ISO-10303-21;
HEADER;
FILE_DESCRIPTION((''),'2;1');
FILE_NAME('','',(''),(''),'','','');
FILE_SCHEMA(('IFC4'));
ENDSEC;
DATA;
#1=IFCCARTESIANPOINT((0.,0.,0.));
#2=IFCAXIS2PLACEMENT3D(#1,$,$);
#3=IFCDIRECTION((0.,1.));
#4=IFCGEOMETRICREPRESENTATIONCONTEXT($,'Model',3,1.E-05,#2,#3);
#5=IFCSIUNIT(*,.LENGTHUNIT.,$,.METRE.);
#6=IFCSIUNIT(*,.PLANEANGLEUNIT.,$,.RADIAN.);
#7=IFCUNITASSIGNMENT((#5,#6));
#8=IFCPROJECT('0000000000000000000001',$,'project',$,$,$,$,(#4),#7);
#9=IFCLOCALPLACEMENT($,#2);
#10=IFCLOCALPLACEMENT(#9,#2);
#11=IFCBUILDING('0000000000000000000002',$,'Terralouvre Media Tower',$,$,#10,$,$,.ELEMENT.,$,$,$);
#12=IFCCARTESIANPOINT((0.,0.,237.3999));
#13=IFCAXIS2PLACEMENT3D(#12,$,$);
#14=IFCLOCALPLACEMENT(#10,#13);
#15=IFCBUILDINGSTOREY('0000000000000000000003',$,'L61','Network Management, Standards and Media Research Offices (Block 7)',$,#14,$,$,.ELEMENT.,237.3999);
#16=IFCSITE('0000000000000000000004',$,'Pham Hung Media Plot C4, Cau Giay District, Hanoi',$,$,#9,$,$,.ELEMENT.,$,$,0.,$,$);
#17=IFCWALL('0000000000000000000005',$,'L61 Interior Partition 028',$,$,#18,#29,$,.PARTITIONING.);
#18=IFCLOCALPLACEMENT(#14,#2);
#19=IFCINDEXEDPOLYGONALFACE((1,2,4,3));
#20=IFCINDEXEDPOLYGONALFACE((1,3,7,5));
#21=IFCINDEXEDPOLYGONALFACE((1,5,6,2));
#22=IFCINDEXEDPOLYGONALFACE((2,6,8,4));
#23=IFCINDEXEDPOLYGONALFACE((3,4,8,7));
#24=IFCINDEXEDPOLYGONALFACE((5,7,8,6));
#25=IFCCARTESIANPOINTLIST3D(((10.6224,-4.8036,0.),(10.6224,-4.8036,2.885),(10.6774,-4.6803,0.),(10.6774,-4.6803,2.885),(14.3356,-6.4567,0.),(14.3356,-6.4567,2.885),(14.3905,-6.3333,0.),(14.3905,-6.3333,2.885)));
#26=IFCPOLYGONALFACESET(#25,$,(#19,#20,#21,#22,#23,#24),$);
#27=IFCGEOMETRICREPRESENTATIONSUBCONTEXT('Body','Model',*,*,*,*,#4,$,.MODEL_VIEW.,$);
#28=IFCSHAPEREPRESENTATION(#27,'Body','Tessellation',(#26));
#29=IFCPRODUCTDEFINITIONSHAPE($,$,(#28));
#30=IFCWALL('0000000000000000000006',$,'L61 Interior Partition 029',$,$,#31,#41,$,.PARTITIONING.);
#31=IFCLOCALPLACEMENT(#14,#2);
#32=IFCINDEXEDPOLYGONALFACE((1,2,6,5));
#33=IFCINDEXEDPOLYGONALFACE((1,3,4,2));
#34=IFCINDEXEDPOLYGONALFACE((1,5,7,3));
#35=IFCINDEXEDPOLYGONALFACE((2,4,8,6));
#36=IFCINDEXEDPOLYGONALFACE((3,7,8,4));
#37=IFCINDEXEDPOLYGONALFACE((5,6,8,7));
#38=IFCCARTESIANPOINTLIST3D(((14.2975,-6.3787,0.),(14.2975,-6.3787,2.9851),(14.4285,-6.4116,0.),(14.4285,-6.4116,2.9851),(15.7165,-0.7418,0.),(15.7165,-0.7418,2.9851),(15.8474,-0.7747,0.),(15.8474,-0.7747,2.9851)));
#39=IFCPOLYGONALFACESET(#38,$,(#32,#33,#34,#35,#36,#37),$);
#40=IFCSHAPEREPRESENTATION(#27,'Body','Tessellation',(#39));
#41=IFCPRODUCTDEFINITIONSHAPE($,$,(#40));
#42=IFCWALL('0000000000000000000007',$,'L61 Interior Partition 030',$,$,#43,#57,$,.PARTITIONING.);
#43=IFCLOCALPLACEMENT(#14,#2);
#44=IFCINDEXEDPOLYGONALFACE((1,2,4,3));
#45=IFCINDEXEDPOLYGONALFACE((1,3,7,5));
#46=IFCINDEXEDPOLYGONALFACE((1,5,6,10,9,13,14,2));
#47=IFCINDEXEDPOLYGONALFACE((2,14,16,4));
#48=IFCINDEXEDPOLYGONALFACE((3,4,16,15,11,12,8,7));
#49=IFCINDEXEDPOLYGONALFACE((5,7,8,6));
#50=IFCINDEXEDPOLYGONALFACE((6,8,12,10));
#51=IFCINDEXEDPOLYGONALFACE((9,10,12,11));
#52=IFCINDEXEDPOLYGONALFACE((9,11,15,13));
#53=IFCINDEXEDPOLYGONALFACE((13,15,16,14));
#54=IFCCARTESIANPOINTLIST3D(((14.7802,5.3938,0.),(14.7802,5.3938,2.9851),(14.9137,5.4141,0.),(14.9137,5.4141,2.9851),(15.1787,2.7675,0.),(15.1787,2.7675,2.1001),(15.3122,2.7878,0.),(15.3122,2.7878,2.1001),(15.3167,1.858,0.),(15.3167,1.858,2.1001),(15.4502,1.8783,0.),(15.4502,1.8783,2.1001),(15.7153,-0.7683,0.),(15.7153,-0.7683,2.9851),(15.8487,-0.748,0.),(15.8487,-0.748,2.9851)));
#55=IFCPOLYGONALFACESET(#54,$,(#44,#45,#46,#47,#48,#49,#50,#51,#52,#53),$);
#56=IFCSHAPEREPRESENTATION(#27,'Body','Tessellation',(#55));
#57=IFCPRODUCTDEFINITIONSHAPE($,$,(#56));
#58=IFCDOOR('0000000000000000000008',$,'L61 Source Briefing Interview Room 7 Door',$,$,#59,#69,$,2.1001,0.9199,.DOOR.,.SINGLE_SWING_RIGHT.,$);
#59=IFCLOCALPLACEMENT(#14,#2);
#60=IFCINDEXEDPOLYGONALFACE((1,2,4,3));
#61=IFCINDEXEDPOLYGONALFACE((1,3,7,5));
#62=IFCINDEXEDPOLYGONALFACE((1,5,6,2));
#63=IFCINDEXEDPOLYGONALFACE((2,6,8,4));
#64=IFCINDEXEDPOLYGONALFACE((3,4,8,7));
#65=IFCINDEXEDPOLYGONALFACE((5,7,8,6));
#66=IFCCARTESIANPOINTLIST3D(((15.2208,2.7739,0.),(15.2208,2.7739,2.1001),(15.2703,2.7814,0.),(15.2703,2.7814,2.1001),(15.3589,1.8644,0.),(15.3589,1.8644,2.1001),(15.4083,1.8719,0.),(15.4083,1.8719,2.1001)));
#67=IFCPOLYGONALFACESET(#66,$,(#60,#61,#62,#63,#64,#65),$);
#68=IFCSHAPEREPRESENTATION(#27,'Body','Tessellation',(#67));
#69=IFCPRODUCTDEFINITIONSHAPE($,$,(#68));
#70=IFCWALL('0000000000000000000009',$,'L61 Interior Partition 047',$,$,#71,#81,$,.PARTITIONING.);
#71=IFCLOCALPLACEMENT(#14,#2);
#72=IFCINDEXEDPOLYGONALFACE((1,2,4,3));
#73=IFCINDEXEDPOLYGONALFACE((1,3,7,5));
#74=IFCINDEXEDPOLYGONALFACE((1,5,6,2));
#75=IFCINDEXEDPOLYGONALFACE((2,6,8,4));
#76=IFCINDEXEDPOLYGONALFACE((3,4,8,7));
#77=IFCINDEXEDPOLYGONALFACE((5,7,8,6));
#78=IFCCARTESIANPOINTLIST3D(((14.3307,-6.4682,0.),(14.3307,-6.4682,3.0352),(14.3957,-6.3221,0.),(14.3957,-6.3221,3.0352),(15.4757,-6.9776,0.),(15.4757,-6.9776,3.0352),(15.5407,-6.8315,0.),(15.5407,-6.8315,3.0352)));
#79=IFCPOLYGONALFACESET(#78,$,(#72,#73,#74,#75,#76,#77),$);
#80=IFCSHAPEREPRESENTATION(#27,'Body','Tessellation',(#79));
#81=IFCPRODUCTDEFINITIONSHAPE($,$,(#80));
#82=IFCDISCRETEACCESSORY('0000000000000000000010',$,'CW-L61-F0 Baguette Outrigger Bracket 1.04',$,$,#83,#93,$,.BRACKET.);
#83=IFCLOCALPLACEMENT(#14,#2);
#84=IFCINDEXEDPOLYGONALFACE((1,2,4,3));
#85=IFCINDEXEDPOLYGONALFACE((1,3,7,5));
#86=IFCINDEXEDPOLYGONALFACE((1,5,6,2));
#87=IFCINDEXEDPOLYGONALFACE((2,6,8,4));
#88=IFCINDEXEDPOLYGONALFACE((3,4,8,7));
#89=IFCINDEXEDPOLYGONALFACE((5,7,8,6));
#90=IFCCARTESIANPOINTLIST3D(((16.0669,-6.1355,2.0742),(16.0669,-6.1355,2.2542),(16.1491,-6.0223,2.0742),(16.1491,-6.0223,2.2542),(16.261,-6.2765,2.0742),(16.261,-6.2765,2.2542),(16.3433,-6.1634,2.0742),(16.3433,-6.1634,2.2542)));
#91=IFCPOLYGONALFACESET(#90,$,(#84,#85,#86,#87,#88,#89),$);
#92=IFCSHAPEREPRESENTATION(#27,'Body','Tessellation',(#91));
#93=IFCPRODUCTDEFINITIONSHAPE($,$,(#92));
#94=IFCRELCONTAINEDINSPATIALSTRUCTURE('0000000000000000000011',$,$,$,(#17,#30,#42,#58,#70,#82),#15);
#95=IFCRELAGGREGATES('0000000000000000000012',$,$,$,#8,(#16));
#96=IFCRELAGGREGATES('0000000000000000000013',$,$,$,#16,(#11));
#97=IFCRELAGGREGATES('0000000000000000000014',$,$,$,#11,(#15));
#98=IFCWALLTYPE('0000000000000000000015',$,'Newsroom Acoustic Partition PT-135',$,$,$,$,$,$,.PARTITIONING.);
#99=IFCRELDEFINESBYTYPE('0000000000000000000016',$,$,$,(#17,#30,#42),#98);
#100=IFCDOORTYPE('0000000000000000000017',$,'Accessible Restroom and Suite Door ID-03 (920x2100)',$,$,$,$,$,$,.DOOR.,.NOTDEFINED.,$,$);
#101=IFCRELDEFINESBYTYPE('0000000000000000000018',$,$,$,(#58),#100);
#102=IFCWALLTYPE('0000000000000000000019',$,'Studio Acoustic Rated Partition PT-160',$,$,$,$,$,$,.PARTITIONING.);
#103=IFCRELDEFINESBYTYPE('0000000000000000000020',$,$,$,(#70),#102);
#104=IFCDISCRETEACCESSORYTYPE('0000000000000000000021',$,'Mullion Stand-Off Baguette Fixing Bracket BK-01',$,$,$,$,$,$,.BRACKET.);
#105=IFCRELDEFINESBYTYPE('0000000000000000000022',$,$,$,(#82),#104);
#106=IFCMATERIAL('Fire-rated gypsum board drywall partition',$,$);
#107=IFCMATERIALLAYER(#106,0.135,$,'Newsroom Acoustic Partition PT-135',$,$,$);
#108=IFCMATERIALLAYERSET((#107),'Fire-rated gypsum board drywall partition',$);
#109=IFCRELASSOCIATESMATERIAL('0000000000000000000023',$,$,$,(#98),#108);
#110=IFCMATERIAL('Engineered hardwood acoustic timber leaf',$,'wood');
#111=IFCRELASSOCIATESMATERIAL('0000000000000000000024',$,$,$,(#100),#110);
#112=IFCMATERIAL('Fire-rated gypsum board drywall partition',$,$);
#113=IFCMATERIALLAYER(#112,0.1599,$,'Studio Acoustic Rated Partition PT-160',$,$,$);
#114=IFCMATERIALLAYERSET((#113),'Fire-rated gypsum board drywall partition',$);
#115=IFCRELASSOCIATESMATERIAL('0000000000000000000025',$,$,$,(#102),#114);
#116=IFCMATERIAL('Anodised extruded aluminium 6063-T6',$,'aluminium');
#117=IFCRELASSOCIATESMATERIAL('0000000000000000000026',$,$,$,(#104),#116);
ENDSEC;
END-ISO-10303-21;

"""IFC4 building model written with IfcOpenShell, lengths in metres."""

from ifc_helpers import new_model, si_unit, direction, frame, frame_2d, origin, origin_2d, place, context, subcontext, project, spatial, rectangle, extrude, material, layer, layer_set, type_object, element, fill, save


model = new_model("IFC4")

# Units and contexts
model_context = context("Model", 3, precision=1e-05, world=origin(), true_north=direction((0.0, 1.0)))
body_context = subcontext(model_context, "Body", "Model", "MODEL_VIEW")
ifc_project = project(units=[si_unit("LENGTHUNIT", "METRE"), si_unit("PLANEANGLEUNIT", "RADIAN")], contexts=[model_context])

# Site, building, storey
site_placement = place(None, origin())
site = spatial("IfcSite", under=ifc_project, at=site_placement, Name="Pham Hung Media Plot C4, Cau Giay District, Hanoi", CompositionType="ELEMENT", RefElevation=0.0)
building_placement = place(site_placement, origin())
building = spatial("IfcBuilding", under=site, at=building_placement, Name="Terralouvre Media Tower", CompositionType="ELEMENT")
storey_placement = place(building_placement, frame((0.0, 0.0, 237.3999)))
storey = spatial("IfcBuildingStorey", under=building, at=storey_placement, Name="L61", Description="Network Management, Standards and Media Research Offices (Block 7)", CompositionType="ELEMENT", Elevation=237.3999)

# Shared definitions
ifc_material_1 = material(Name="Fire-rated gypsum board drywall partition")
ifc_layer_1 = layer(ifc_material_1, 0.135, Name="Newsroom Acoustic Partition PT-135")
ifc_layer_set_1 = layer_set([ifc_layer_1], Name="Fire-rated gypsum board drywall partition")
wall_type_1 = type_object("IfcWallType", Name="Newsroom Acoustic Partition PT-135", PredefinedType="PARTITIONING", material=ifc_layer_set_1)

# Walls
wall_1_placement = place(storey_placement, frame((10.6499, -4.7419, 0.0), z_axis=(0.0, 0.0, 1.0), x_axis=(0.913556, -0.406712, 0.0)))
element("IfcWall", 1, at=wall_1_placement, inside=storey, type_object=wall_type_1, Name="L61 Interior Partition 028", PredefinedType="PARTITIONING", context=body_context, shape_type="SweptSolid", body=[
    extrude(rectangle(XDim=4.0645, YDim=0.135, at=frame_2d((2.0322, 0.0))), origin(), (0.0, 0.0, 1.0), 2.885),
])
wall_2_placement = place(storey_placement, frame((14.363, -6.395, 0.0), z_axis=(0.0, 0.0, 1.0), x_axis=(0.244107, 0.969748, 0.0)))
element("IfcWall", 2, at=wall_2_placement, inside=storey, type_object=wall_type_1, Name="L61 Interior Partition 029", PredefinedType="PARTITIONING", context=body_context, shape_type="SweptSolid", body=[
    extrude(rectangle(XDim=5.8127, YDim=0.135, at=frame_2d((2.9062, 0.0))), origin(), (0.0, 0.0, 1.0), 2.9851),
])

# Wall, opening, door
wall_3_placement = place(storey_placement, frame((15.782, -0.7581, 0.0), z_axis=(0.0, 0.0, 1.0), x_axis=(-0.150026, 0.988682, 0.0)))
wall_3 = element("IfcWall", 3, at=wall_3_placement, inside=storey, type_object=wall_type_1, Name="L61 Interior Partition 030", PredefinedType="PARTITIONING", context=body_context, shape_type="SweptSolid", body=[
    extrude(rectangle(XDim=6.2327, YDim=0.135, at=frame_2d((3.1162, 0.0))), origin(), (0.0, 0.0, 1.0), 2.9851),
])
opening_1_placement = place(wall_3_placement, frame((2.6562, 0.0, 0.0)))
opening_1 = element("IfcOpeningElement", 4, at=opening_1_placement, cuts=wall_3, PredefinedType="OPENING", context=body_context, shape_type="SweptSolid", body=[
    extrude(rectangle(XDim=0.9199, YDim=2.1001, at=frame_2d((0.46, 1.05))), frame((0.0, 0.0774, 0.0), z_axis=(0.0, -1.0, 0.0), x_axis=(1.0, 0.0, 0.0)), (0.0, 0.0, 1.0), 0.155),
])
ifc_material_2 = material(Name="Engineered hardwood acoustic timber leaf", Category="wood")
door_type_1 = type_object("IfcDoorType", Name="Accessible Restroom and Suite Door ID-03 (920x2100)", OperationType="NOTDEFINED", PredefinedType="DOOR", material=ifc_material_2)
door_1_placement = place(opening_1_placement, origin())
door_1 = element("IfcDoor", 5, at=door_1_placement, inside=storey, type_object=door_type_1, Name="L61 Source Briefing Interview Room 7 Door", OperationType="SINGLE_SWING_RIGHT", OverallHeight=2.1001, OverallWidth=0.9199, PredefinedType="DOOR", context=body_context, shape_type="SweptSolid", body=[
    extrude(rectangle(XDim=0.9199, YDim=2.1001, at=frame_2d((0.46, 1.05))), frame((0.0, 0.0249, 0.0), z_axis=(0.0, -1.0, 0.0), x_axis=(1.0, 0.0, 0.0)), (0.0, 0.0, 1.0), 0.05),
])
fill(opening_1, door_1)

# Wall
ifc_material_3 = material(Name="Fire-rated gypsum board drywall partition")
ifc_layer_2 = layer(ifc_material_3, 0.1599, Name="Studio Acoustic Rated Partition PT-160")
ifc_layer_set_2 = layer_set([ifc_layer_2], Name="Fire-rated gypsum board drywall partition")
wall_type_2 = type_object("IfcWallType", Name="Studio Acoustic Rated Partition PT-160", PredefinedType="PARTITIONING", material=ifc_layer_set_2)
wall_4_placement = place(storey_placement, frame((15.5081, -6.9045, 0.0), z_axis=(0.0, 0.0, 1.0), x_axis=(-0.913627, 0.406554, 0.0)))
element("IfcWall", 6, at=wall_4_placement, inside=storey, type_object=wall_type_2, Name="L61 Interior Partition 047", PredefinedType="PARTITIONING", context=body_context, shape_type="SweptSolid", body=[
    extrude(rectangle(XDim=1.2532, YDim=0.1599, at=frame_2d((0.6265, 0.0))), origin(), (0.0, 0.0, 1.0), 3.0352),
])

# Discrete accessory
ifc_material_4 = material(Name="Anodised extruded aluminium 6063-T6", Category="aluminium")
discrete_accessory_type = type_object("IfcDiscreteAccessoryType", Name="Mullion Stand-Off Baguette Fixing Bracket BK-01", PredefinedType="BRACKET", material=ifc_material_4)
discrete_accessory_placement = place(storey_placement, frame((16.2051, -6.1494, 2.0742), z_axis=(0.0, 0.0, 1.0), x_axis=(0.587785, 0.809017, 0.0)))
element("IfcDiscreteAccessory", 7, at=discrete_accessory_placement, inside=storey, type_object=discrete_accessory_type, Name="CW-L61-F0 Baguette Outrigger Bracket 1.04", PredefinedType="BRACKET", context=body_context, shape_type="SweptSolid", body=[
    extrude(rectangle(XDim=0.1399, YDim=0.24, at=origin_2d()), origin(), (0.0, 0.0, 1.0), 0.1799),
])

save(model, "model.ifc")
